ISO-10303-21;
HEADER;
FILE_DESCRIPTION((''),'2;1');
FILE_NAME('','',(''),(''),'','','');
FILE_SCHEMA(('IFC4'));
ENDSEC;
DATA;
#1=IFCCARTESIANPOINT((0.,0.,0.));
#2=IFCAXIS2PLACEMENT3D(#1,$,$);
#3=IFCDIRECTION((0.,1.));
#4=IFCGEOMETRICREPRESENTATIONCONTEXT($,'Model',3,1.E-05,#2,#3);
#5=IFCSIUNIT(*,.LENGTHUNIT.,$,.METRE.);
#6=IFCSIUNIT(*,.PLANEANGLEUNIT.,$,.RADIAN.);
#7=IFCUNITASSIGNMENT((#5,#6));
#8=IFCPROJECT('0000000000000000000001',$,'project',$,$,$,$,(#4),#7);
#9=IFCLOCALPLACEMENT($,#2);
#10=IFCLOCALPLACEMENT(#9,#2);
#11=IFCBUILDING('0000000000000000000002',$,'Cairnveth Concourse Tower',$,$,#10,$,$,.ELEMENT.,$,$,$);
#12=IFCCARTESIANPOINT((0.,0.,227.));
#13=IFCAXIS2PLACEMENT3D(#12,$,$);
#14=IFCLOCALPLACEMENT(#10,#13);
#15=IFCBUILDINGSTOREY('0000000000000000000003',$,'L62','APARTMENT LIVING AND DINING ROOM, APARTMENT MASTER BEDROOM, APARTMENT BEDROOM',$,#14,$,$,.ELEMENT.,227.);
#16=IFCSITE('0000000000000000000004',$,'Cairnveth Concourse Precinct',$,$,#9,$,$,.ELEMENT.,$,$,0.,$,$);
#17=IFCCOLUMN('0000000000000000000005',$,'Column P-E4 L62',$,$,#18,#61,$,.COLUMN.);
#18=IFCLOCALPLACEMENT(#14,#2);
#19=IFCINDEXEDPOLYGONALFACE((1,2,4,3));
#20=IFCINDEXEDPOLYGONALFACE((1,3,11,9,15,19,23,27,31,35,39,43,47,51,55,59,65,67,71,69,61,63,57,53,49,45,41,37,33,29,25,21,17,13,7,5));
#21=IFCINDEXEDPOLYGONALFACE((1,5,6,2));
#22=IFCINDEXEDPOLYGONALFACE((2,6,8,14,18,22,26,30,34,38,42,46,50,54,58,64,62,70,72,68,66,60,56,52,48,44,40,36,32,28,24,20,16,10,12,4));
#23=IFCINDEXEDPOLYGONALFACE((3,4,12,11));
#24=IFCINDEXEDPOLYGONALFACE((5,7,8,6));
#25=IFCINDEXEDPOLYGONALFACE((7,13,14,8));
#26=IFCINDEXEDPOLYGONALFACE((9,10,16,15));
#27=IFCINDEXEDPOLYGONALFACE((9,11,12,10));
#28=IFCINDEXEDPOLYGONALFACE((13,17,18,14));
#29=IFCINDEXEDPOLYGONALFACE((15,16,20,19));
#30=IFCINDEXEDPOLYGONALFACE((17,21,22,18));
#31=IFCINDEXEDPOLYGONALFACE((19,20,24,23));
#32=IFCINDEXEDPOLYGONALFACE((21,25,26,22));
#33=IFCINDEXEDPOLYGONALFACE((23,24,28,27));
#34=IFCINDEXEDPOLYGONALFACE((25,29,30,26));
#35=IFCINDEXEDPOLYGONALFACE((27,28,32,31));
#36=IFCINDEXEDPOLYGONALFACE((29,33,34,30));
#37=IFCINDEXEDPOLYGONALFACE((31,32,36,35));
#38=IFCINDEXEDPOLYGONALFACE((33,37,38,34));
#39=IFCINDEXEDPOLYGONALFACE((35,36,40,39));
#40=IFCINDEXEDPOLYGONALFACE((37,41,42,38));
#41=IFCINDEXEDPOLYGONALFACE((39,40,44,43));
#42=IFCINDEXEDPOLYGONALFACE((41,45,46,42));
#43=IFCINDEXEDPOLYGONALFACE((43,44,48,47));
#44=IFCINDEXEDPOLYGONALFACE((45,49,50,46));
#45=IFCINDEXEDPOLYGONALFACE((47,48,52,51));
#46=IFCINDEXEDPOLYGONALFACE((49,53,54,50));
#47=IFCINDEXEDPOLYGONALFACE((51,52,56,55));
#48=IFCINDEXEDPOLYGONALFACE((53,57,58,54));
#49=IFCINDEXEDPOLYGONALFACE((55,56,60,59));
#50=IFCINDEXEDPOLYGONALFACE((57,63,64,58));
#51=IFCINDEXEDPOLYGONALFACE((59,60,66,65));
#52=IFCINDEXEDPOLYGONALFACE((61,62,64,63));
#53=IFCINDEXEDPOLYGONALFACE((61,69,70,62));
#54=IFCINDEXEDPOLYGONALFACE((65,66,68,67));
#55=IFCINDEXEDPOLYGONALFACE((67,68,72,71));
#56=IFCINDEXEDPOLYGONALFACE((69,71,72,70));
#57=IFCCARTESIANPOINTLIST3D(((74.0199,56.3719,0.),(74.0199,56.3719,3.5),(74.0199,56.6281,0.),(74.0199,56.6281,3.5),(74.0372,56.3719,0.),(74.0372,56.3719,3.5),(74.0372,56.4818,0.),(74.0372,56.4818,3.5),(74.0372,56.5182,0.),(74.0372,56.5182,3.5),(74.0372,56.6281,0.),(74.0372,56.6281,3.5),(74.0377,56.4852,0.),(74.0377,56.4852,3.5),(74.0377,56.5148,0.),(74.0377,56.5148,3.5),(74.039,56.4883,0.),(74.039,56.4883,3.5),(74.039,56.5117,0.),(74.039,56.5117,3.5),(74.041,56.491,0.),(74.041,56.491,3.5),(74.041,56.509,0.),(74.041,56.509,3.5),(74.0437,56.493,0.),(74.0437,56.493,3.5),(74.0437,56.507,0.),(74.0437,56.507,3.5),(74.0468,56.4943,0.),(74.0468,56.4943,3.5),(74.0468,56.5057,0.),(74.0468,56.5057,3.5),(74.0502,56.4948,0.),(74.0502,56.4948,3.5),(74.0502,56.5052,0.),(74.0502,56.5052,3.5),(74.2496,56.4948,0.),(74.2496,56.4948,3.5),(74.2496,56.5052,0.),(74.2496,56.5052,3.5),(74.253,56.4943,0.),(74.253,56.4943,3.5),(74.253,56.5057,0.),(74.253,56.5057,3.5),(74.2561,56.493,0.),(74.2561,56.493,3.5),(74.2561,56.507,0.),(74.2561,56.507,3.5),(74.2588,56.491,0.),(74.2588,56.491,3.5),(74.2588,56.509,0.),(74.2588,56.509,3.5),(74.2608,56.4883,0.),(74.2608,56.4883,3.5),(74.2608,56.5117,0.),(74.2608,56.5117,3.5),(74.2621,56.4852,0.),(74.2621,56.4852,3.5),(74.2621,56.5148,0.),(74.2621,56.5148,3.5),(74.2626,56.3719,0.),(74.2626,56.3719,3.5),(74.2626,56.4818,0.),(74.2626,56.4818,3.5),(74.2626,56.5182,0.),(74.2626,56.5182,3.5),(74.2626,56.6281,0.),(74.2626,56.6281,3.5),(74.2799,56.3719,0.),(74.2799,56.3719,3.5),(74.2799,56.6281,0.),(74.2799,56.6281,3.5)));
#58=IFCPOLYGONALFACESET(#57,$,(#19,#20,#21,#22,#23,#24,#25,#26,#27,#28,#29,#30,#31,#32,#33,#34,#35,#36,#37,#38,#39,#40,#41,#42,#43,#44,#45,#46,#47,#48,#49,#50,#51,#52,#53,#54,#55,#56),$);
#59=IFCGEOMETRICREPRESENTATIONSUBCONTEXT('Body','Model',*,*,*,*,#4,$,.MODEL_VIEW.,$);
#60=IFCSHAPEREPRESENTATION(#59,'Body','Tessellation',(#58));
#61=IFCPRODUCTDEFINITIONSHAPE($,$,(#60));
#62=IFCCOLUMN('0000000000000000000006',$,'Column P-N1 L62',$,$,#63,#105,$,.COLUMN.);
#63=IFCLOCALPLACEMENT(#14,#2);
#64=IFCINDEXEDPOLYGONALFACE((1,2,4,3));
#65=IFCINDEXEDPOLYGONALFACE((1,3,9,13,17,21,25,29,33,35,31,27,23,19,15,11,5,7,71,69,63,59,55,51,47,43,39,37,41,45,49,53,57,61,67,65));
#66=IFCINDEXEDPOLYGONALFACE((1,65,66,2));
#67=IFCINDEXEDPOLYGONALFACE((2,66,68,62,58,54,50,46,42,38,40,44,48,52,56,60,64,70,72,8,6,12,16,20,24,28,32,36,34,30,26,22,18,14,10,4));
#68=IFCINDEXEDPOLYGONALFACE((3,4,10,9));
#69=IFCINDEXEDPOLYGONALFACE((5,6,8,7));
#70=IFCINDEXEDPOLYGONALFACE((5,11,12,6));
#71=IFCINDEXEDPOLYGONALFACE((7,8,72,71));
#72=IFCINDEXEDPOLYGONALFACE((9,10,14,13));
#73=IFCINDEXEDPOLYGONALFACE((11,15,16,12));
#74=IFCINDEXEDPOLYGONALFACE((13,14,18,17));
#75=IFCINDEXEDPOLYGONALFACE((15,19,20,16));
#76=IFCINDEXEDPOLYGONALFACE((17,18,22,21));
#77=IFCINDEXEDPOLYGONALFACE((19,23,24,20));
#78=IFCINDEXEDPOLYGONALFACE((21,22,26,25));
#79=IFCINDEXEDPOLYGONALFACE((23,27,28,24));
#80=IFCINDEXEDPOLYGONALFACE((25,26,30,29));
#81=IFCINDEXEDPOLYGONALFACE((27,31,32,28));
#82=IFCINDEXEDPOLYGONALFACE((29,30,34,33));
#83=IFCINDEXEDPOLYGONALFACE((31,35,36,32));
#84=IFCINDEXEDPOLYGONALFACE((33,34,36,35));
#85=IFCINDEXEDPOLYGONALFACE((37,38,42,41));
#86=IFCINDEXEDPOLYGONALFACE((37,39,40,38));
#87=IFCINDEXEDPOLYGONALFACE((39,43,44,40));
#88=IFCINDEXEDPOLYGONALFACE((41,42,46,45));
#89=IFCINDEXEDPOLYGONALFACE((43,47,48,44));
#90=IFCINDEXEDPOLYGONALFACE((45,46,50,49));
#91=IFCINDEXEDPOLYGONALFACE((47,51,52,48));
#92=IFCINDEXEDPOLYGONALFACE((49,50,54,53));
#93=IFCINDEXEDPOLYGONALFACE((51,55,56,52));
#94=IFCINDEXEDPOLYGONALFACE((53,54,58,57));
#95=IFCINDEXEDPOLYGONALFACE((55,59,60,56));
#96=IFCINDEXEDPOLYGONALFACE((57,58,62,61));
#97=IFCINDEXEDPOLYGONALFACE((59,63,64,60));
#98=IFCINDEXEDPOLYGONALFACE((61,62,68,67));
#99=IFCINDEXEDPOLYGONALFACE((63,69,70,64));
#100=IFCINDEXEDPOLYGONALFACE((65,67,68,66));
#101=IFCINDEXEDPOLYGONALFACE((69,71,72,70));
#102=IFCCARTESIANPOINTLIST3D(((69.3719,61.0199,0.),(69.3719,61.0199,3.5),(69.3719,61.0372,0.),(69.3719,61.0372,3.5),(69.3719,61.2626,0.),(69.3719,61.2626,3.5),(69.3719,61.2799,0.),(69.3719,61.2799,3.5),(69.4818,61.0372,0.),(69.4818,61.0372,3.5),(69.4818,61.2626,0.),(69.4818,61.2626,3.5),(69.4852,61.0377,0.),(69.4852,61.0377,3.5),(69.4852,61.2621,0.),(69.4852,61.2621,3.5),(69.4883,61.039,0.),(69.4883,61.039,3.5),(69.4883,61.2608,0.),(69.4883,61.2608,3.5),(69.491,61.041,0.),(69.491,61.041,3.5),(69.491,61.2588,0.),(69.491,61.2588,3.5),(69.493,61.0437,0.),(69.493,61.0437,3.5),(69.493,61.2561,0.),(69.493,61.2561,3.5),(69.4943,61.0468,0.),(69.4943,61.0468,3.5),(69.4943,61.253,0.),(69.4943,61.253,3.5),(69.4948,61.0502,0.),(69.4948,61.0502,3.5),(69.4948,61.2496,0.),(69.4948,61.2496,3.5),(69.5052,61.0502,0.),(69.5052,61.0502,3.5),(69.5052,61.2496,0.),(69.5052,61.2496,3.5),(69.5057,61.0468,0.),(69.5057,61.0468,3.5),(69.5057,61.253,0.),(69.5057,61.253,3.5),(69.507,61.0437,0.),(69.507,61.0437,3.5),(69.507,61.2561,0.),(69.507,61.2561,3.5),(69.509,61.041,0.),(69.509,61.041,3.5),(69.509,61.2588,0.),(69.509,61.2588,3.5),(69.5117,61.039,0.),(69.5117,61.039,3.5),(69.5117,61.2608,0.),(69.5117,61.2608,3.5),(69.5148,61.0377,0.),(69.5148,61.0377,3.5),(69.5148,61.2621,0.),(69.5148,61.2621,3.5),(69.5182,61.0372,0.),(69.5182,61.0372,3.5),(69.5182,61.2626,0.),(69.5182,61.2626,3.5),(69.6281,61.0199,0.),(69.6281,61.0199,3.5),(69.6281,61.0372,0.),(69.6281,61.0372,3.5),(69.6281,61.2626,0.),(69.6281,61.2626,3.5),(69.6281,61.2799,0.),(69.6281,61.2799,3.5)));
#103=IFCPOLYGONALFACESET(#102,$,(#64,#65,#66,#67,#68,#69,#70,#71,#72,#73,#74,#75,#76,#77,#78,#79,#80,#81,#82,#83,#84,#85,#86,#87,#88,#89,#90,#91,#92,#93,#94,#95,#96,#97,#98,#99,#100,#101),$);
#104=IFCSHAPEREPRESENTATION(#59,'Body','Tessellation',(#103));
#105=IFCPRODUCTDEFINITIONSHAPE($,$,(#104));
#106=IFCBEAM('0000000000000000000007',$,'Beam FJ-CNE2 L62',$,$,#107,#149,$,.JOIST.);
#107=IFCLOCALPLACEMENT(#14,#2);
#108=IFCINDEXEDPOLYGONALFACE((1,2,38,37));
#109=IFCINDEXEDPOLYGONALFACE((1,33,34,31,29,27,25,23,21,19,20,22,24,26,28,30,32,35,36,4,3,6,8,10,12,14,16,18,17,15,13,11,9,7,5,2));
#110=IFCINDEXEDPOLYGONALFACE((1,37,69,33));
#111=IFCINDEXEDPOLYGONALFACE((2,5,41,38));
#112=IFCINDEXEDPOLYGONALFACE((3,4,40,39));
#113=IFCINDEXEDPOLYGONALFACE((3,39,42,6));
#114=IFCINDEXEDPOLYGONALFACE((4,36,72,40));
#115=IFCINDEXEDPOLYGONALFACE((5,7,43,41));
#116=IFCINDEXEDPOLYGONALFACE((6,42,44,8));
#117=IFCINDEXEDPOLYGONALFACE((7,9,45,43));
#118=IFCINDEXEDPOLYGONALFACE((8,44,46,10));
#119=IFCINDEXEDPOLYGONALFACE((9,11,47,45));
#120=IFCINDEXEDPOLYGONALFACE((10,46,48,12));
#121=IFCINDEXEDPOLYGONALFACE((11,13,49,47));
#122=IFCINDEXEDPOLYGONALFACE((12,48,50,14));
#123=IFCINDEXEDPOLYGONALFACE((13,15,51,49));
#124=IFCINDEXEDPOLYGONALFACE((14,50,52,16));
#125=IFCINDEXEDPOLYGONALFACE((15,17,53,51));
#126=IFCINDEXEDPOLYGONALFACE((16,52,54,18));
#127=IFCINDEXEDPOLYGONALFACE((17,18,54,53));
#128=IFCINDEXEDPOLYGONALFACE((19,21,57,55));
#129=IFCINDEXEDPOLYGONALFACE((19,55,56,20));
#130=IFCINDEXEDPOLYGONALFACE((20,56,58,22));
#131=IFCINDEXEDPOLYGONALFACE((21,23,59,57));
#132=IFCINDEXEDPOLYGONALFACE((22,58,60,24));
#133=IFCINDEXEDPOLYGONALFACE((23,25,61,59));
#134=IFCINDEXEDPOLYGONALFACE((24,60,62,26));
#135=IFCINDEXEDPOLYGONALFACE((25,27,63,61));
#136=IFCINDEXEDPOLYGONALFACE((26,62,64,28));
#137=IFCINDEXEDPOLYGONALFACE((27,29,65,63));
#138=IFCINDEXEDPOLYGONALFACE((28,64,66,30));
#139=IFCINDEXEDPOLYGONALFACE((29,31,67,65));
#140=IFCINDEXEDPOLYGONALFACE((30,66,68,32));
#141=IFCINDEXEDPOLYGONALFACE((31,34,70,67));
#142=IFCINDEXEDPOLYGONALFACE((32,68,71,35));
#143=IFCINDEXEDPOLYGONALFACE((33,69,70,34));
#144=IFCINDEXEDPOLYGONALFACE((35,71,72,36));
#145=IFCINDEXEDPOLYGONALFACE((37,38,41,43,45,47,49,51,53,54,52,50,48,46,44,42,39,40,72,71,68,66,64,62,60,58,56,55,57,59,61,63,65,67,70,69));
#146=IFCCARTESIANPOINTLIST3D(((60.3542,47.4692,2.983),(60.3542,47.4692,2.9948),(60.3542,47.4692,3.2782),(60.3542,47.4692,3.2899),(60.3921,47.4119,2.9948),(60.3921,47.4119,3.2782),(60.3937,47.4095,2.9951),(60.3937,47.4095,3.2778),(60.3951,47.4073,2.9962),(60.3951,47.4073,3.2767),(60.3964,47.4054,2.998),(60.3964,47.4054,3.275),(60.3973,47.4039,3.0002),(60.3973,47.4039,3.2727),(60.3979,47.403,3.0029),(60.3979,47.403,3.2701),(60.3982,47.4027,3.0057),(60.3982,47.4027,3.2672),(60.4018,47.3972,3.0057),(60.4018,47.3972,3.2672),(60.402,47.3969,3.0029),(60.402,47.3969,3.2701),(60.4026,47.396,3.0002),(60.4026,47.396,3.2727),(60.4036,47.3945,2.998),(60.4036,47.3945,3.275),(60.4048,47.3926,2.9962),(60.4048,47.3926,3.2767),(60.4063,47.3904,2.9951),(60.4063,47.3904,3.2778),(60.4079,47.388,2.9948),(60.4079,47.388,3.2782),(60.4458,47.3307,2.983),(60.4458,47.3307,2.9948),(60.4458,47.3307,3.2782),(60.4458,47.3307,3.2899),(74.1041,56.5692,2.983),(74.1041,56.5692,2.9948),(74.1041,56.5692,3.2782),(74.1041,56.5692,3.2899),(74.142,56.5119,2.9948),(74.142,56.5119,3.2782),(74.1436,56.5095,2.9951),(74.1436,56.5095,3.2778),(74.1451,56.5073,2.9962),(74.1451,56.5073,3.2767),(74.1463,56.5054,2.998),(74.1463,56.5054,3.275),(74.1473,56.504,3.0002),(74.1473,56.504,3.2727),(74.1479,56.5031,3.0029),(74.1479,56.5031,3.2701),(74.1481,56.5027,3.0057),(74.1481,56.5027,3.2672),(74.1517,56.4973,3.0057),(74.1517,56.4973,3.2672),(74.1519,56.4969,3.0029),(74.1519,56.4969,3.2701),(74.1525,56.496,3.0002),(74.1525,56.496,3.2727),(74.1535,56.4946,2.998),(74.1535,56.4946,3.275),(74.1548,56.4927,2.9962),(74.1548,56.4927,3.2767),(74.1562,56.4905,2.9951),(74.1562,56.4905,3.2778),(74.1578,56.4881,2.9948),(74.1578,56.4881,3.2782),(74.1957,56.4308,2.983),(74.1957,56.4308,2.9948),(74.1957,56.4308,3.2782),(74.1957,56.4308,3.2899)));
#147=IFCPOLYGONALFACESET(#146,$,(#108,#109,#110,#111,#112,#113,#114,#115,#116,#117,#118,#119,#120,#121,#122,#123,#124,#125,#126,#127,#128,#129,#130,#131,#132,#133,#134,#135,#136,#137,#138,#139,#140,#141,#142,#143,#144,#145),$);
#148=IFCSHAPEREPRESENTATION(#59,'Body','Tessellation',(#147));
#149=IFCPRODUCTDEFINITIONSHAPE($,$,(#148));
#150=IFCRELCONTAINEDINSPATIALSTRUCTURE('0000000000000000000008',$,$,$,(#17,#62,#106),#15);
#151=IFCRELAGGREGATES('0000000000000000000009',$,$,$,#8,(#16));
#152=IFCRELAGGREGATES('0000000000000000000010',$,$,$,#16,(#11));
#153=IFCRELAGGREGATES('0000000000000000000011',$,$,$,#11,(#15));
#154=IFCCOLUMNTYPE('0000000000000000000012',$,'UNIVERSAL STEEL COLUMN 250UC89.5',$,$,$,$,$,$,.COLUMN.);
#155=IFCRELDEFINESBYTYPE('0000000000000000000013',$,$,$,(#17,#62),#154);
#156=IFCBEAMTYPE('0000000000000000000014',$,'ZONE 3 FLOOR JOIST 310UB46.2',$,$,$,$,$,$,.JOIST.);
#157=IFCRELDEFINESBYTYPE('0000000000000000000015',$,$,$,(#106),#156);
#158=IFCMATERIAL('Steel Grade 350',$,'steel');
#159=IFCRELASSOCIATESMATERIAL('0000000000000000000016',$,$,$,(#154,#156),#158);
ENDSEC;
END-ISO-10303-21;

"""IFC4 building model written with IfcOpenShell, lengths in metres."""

from ifc_helpers import new_model, si_unit, direction, frame, origin, origin_2d, place, context, subcontext, project, spatial, i_section, extrude, material, material_profile, profile_set, type_object, element, save


model = new_model("IFC4")

# Units and contexts
model_context = context("Model", 3, precision=1e-05, world=origin(), true_north=direction((0.0, 1.0)))
body_context = subcontext(model_context, "Body", "Model", "MODEL_VIEW")
ifc_project = project(units=[si_unit("LENGTHUNIT", "METRE"), si_unit("PLANEANGLEUNIT", "RADIAN")], contexts=[model_context])

# Site, building, storey
site_placement = place(None, origin())
site = spatial("IfcSite", under=ifc_project, at=site_placement, Name="Cairnveth Concourse Precinct", CompositionType="ELEMENT", RefElevation=0.0)
building_placement = place(site_placement, origin())
building = spatial("IfcBuilding", under=site, at=building_placement, Name="Cairnveth Concourse Tower", CompositionType="ELEMENT")
storey_placement = place(building_placement, frame((0.0, 0.0, 227.0)))
storey = spatial("IfcBuildingStorey", under=building, at=storey_placement, Name="L62", Description="APARTMENT LIVING AND DINING ROOM, APARTMENT MASTER BEDROOM, APARTMENT BEDROOM", CompositionType="ELEMENT", Elevation=227.0)

# Columns
ifc_material_1 = material(Name="Steel Grade 350", Category="steel")
ifc_material_profile_1 = material_profile(ifc_material_1, i_section(OverallWidth=0.2561, OverallDepth=0.26, WebThickness=0.0105, FlangeThickness=0.0173, FilletRadius=0.0129, at=origin_2d()), Name="250UC89.5")
ifc_profile_set_1 = profile_set([ifc_material_profile_1], Name="Steel Grade 350")
column_type = type_object("IfcColumnType", Name="UNIVERSAL STEEL COLUMN 250UC89.5", PredefinedType="COLUMN", material=ifc_profile_set_1)
for number, where, z_axis, x_axis, name in (
    (1, (74.1499, 56.5, 0.0), (0.0, 0.0, 1.0), (0.0, 1.0, 0.0), "Column P-E4 L62"),
    (2, (69.5, 61.1499, 0.0), (0.0, 0.0, 1.0), (1.0, 0.0, 0.0), "Column P-N1 L62"),
):
    element("IfcColumn", number, at=place(storey_placement, frame(where, z_axis=z_axis, x_axis=x_axis)), inside=storey, type_object=column_type, Name=name, PredefinedType="COLUMN", context=body_context, shape_type="SweptSolid", body=[
        extrude(i_section(OverallWidth=0.2561, OverallDepth=0.26, WebThickness=0.0105, FlangeThickness=0.0173, FilletRadius=0.0129, at=origin_2d()), origin(), (0.0, 0.0, 1.0), 3.5),
    ])

# Beam
ifc_material_profile_2 = material_profile(ifc_material_1, i_section(OverallWidth=0.166, OverallDepth=0.3069, WebThickness=0.0066, FlangeThickness=0.0117, FilletRadius=0.011, at=origin_2d()), Name="310UB46.2")
ifc_profile_set_2 = profile_set([ifc_material_profile_2], Name="Steel Grade 350")
beam_type_1 = type_object("IfcBeamType", Name="ZONE 3 FLOOR JOIST 310UB46.2", PredefinedType="JOIST", material=ifc_profile_set_2)
beam_1_placement = place(storey_placement, frame((74.1499, 56.5, 3.1365), z_axis=(-0.833909, -0.551902, 0.0), x_axis=(0.551902, -0.833909, 0.0)))
element("IfcBeam", 3, at=beam_1_placement, inside=storey, type_object=beam_type_1, Name="Beam FJ-CNE2 L62", PredefinedType="JOIST", context=body_context, shape_type="SweptSolid", body=[
    extrude(i_section(OverallWidth=0.166, OverallDepth=0.3069, WebThickness=0.0066, FlangeThickness=0.0117, FilletRadius=0.011, at=origin_2d()), origin(), (0.0, 0.0, 1.0), 16.4885),
])

save(model, "model.ifc")
